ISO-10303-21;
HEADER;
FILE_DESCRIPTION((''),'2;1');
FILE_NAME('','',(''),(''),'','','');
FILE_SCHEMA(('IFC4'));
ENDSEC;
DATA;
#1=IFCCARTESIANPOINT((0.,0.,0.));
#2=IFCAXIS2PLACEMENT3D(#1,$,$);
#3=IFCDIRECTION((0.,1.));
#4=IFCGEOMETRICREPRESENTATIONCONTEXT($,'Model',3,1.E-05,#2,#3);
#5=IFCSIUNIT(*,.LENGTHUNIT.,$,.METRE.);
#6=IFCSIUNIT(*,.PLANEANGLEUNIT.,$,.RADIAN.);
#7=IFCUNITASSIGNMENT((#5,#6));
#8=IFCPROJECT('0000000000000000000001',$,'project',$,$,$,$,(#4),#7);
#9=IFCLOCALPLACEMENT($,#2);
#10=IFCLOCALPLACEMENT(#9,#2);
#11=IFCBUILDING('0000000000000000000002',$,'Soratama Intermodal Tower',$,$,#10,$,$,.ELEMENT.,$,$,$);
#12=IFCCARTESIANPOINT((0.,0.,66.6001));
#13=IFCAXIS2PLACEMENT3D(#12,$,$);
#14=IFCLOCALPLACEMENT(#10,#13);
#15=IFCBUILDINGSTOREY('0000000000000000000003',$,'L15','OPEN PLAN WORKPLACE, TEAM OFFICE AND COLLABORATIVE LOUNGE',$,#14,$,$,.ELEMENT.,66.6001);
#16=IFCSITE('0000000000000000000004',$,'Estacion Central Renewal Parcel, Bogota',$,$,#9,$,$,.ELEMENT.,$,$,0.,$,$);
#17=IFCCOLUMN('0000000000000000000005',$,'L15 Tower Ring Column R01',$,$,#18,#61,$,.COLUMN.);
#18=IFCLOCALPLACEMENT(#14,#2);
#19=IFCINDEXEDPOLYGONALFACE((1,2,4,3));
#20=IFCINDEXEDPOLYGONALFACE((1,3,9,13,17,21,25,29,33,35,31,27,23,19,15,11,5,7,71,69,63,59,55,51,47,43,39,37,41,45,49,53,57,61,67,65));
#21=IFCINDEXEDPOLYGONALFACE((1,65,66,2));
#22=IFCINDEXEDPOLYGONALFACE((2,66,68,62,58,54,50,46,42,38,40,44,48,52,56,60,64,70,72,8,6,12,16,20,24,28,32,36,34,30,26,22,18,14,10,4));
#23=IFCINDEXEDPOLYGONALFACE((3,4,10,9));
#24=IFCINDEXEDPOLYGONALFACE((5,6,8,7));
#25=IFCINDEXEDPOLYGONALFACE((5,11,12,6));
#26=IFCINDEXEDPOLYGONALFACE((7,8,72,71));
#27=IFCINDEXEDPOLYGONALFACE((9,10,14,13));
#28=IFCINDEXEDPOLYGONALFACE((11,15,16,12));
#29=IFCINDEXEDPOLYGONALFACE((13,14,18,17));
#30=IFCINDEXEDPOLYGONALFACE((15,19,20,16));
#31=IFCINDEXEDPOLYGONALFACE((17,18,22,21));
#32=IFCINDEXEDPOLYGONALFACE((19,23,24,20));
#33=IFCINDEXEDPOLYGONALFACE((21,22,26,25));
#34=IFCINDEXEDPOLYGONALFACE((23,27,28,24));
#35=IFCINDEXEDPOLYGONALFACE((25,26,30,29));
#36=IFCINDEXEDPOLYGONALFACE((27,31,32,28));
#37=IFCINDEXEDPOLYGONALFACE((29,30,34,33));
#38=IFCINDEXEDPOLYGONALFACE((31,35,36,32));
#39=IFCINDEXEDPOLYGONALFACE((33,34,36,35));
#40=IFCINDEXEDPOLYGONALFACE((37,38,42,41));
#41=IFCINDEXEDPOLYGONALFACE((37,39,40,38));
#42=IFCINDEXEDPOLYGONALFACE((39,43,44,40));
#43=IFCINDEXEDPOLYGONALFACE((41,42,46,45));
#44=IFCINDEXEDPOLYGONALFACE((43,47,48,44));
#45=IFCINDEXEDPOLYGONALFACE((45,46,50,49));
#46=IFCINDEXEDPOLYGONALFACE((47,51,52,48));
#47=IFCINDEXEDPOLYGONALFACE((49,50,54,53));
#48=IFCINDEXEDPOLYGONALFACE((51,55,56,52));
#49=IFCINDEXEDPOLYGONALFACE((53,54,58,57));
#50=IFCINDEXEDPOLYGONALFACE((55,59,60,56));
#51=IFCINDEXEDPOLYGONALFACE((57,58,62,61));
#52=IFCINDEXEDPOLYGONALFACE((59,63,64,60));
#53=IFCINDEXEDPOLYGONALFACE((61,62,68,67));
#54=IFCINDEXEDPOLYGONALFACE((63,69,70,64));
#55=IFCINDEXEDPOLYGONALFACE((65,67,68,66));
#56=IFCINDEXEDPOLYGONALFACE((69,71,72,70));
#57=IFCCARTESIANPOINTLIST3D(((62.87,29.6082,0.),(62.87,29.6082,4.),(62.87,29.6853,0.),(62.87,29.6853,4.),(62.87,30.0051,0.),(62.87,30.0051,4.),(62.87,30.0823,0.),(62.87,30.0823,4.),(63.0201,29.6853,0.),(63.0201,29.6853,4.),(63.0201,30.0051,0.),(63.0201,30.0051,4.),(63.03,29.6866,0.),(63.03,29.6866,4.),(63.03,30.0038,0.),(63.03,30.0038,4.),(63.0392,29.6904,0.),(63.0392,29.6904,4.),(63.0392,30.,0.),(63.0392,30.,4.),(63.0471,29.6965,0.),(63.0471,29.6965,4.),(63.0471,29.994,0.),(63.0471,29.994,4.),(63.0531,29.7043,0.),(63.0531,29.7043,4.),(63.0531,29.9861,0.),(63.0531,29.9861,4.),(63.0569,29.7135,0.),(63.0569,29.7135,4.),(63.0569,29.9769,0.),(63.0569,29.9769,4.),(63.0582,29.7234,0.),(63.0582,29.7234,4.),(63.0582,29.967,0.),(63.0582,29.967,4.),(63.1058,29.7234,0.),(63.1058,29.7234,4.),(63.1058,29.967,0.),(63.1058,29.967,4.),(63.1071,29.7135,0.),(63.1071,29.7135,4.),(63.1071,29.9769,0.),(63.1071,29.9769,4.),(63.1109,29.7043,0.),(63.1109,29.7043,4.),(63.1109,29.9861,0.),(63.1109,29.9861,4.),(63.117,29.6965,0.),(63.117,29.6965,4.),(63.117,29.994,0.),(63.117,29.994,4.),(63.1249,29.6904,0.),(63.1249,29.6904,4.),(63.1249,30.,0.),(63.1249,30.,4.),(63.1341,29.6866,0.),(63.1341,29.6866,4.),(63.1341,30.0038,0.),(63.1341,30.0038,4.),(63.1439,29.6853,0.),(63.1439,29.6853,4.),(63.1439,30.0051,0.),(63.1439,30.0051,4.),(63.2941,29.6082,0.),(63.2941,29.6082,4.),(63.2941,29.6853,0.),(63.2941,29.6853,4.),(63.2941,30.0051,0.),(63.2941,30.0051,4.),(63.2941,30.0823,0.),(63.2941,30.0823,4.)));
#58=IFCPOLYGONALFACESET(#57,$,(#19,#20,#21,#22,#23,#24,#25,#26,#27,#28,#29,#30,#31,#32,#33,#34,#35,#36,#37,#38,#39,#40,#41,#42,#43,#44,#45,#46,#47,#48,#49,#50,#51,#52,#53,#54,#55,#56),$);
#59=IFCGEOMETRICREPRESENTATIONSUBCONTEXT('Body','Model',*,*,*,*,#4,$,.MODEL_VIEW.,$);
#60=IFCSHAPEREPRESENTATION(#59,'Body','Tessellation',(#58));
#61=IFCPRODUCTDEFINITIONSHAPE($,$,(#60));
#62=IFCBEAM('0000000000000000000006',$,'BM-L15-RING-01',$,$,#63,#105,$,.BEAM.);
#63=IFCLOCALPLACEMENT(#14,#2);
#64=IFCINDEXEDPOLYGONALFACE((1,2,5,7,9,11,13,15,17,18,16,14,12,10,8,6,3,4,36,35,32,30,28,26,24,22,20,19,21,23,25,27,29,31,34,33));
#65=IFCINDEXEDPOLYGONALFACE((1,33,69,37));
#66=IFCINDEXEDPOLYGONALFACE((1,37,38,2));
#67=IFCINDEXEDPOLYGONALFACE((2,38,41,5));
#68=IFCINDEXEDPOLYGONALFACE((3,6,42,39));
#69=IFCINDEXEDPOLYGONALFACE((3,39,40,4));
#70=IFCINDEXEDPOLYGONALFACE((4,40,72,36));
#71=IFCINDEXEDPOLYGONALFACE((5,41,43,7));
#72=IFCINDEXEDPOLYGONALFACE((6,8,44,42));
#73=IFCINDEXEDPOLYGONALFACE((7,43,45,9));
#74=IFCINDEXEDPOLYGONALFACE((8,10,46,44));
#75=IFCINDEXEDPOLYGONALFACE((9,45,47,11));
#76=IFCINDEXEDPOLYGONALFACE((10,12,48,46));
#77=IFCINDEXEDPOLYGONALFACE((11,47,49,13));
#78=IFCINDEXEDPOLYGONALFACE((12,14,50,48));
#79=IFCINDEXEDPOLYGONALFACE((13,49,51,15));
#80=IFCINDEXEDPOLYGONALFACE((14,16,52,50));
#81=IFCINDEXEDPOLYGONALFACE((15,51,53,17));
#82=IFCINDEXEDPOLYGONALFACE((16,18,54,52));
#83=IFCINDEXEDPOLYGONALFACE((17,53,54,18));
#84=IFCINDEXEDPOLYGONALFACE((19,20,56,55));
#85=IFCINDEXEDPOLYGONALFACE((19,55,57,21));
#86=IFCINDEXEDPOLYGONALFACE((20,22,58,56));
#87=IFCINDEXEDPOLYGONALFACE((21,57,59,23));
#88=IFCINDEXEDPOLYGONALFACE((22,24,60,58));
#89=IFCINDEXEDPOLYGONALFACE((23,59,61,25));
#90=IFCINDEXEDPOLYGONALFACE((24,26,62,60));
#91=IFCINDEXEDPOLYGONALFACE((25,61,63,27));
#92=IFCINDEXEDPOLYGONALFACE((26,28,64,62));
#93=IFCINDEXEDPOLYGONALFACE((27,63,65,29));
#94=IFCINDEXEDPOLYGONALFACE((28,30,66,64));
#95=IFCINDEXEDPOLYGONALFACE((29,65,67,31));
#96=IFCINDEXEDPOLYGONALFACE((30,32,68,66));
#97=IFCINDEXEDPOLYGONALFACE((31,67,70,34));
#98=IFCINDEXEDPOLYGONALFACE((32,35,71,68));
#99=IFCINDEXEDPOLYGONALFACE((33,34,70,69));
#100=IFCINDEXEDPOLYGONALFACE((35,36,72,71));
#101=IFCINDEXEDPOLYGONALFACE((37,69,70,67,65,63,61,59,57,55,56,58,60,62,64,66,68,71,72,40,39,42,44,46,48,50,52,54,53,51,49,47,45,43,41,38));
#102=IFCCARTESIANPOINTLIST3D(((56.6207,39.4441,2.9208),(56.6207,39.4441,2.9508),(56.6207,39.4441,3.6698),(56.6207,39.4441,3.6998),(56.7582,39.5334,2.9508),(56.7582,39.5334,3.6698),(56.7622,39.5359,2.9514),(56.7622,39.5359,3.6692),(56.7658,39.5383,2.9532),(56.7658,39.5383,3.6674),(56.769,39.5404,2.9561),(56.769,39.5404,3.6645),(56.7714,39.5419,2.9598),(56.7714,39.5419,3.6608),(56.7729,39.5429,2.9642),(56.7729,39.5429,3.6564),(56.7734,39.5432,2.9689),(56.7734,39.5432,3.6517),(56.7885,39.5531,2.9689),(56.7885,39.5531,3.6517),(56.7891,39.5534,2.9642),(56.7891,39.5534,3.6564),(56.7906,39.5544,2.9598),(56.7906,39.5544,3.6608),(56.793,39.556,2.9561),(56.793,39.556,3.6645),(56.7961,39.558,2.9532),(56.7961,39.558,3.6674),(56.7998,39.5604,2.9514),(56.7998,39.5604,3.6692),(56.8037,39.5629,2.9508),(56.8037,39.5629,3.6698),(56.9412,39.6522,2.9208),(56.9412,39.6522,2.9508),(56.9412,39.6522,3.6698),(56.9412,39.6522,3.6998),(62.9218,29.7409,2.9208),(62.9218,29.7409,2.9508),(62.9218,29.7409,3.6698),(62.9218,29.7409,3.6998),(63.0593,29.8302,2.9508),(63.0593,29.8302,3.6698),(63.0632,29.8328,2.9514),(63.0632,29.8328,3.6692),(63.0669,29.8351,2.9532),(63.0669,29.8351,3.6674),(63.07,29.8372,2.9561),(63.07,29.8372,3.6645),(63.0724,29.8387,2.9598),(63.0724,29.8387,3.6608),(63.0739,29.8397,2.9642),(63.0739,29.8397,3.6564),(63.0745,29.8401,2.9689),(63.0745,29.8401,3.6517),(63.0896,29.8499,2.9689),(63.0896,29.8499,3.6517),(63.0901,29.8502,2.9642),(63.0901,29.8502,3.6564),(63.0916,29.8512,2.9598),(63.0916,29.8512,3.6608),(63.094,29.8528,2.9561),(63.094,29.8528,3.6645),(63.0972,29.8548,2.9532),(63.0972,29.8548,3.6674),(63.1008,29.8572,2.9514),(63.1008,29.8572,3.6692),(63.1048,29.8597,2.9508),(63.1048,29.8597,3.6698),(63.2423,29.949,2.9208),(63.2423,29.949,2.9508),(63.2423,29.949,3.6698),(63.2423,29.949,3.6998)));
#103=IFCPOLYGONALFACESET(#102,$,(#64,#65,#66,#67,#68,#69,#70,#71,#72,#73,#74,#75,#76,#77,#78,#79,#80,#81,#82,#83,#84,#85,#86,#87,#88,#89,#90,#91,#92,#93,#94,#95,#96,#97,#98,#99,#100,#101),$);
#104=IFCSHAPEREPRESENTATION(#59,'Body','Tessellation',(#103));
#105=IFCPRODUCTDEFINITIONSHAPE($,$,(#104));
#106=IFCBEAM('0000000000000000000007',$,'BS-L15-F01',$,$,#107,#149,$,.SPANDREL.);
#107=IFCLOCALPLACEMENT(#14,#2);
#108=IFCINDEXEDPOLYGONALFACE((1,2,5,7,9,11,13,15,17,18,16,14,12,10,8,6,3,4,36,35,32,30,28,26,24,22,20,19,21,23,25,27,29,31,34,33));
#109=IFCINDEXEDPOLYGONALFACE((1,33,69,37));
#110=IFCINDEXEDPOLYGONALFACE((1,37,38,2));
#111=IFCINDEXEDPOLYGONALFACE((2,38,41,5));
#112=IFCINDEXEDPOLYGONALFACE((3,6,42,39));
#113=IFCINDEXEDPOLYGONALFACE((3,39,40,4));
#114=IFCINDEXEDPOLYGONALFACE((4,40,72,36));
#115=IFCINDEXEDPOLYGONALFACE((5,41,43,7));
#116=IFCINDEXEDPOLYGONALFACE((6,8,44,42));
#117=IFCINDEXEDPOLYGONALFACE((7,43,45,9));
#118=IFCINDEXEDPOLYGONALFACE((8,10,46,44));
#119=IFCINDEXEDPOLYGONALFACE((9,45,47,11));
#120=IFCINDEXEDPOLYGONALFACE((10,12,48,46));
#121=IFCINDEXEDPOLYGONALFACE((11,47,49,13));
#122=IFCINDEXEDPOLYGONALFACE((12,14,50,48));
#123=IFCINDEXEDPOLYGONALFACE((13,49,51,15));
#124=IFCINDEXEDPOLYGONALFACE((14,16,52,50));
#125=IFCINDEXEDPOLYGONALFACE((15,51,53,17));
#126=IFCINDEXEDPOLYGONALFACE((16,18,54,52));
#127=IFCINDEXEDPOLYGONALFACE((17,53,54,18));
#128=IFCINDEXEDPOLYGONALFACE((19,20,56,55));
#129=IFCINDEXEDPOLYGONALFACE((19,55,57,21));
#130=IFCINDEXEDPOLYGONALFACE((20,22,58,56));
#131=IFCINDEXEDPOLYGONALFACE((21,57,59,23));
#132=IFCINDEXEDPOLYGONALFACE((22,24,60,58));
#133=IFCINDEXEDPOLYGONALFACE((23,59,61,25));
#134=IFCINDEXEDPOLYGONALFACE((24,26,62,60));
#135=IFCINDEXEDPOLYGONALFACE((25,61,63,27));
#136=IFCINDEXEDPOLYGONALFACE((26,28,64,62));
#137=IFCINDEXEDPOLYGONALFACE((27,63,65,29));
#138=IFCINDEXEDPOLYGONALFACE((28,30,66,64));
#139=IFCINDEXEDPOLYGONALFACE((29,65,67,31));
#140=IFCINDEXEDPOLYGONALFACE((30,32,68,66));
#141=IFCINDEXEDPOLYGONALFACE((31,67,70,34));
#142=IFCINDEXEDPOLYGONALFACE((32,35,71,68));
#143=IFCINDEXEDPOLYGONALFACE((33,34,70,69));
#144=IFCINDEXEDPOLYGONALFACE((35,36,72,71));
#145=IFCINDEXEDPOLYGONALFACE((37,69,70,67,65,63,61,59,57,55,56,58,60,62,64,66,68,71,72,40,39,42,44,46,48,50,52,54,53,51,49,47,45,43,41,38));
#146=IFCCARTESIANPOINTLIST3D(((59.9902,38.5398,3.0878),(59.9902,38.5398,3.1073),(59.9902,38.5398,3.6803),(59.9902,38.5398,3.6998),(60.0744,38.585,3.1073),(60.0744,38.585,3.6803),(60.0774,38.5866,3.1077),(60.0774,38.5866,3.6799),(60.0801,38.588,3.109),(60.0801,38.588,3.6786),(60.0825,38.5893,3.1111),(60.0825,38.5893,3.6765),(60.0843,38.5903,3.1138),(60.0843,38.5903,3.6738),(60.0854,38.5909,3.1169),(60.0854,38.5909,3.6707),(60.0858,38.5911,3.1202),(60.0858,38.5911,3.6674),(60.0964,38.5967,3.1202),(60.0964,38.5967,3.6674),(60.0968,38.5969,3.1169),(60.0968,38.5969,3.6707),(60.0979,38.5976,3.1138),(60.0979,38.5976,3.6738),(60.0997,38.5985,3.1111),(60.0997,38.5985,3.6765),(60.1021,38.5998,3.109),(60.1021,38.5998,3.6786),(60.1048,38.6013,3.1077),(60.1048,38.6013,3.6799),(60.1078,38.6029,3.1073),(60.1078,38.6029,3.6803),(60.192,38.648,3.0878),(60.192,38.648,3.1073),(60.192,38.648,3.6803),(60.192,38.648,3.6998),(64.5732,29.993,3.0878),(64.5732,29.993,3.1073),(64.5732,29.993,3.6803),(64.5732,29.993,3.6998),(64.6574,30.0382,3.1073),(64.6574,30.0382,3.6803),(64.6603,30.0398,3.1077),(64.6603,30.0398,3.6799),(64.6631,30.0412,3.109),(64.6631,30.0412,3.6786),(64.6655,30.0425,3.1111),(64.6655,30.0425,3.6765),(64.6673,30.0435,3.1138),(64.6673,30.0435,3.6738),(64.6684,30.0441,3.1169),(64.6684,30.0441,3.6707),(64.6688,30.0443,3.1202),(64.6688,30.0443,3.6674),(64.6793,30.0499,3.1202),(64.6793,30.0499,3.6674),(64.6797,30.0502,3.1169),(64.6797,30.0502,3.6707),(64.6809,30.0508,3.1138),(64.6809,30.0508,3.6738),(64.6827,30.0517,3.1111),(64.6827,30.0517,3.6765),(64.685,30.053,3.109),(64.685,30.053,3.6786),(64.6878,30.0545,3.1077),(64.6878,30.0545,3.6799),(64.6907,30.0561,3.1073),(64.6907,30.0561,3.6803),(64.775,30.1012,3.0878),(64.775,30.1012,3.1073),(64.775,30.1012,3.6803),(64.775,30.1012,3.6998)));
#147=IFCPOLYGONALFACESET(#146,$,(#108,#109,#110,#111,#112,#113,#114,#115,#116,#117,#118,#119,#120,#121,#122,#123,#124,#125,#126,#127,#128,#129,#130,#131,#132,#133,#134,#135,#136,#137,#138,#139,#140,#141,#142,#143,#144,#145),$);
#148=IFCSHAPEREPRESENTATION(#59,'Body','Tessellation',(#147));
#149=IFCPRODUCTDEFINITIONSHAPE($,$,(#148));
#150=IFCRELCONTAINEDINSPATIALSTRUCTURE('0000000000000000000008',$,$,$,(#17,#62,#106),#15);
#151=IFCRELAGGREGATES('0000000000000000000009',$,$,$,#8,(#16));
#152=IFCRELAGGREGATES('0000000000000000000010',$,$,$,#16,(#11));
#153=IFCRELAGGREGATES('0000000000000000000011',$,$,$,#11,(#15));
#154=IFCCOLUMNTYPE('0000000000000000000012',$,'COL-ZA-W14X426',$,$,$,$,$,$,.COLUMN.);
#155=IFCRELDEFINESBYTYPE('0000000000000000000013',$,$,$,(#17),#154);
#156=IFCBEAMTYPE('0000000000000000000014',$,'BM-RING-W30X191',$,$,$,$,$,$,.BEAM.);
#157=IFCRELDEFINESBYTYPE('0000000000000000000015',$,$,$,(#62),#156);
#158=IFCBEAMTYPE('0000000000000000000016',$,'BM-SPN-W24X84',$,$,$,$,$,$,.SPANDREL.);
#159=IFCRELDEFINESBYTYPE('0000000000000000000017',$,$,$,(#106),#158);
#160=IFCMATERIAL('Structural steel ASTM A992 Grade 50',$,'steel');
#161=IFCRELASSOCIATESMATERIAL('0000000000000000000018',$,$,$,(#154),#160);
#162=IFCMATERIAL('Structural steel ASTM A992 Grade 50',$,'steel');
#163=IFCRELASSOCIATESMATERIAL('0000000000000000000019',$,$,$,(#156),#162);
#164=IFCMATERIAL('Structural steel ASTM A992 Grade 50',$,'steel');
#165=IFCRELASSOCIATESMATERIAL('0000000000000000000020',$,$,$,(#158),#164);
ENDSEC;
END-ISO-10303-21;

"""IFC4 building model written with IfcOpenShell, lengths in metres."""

from ifc_helpers import new_model, si_unit, direction, frame, origin, origin_2d, place, context, subcontext, project, spatial, i_section, extrude, material, material_profile, profile_set, type_object, element, save


model = new_model("IFC4")

# Units and contexts
model_context = context("Model", 3, precision=1e-05, world=origin(), true_north=direction((0.0, 1.0)))
body_context = subcontext(model_context, "Body", "Model", "MODEL_VIEW")
ifc_project = project(units=[si_unit("LENGTHUNIT", "METRE"), si_unit("PLANEANGLEUNIT", "RADIAN")], contexts=[model_context])

# Site, building, storey
site_placement = place(None, origin())
site = spatial("IfcSite", under=ifc_project, at=site_placement, Name="Estacion Central Renewal Parcel, Bogota", CompositionType="ELEMENT", RefElevation=0.0)
building_placement = place(site_placement, origin())
building = spatial("IfcBuilding", under=site, at=building_placement, Name="Soratama Intermodal Tower", CompositionType="ELEMENT")
storey_placement = place(building_placement, frame((0.0, 0.0, 66.6001)))
storey = spatial("IfcBuildingStorey", under=building, at=storey_placement, Name="L15", Description="OPEN PLAN WORKPLACE, TEAM OFFICE AND COLLABORATIVE LOUNGE", CompositionType="ELEMENT", Elevation=66.6001)

# Column
ifc_material_1 = material(Name="Structural steel ASTM A992 Grade 50", Category="steel")
ifc_material_profile_1 = material_profile(ifc_material_1, i_section(OverallWidth=0.4241, OverallDepth=0.4741, WebThickness=0.0476, FlangeThickness=0.0771, FilletRadius=0.0381, at=origin_2d()), Name="W14X426")
ifc_profile_set_1 = profile_set([ifc_material_profile_1], Name="Structural steel ASTM A992 Grade 50")
column_type = type_object("IfcColumnType", Name="COL-ZA-W14X426", PredefinedType="COLUMN", material=ifc_profile_set_1)
column_placement = place(storey_placement, frame((63.082, 29.8452, 0.0), z_axis=(0.0, 0.0, 1.0), x_axis=(1.0, 0.0, 0.0)))
element("IfcColumn", 1, at=column_placement, inside=storey, type_object=column_type, Name="L15 Tower Ring Column R01", PredefinedType="COLUMN", context=body_context, shape_type="SweptSolid", body=[
    extrude(i_section(OverallWidth=0.4241, OverallDepth=0.4741, WebThickness=0.0476, FlangeThickness=0.0771, FilletRadius=0.0381, at=origin_2d()), origin(), (0.0, 0.0, 1.0), 4.0),
])

# Beams
ifc_material_2 = material(Name="Structural steel ASTM A992 Grade 50", Category="steel")
ifc_material_profile_2 = material_profile(ifc_material_2, i_section(OverallWidth=0.3821, OverallDepth=0.7791, WebThickness=0.0181, FlangeThickness=0.03, FilletRadius=0.0181, at=origin_2d()), Name="W30X191")
ifc_profile_set_2 = profile_set([ifc_material_profile_2], Name="Structural steel ASTM A992 Grade 50")
beam_type_1 = type_object("IfcBeamType", Name="BM-RING-W30X191", PredefinedType="BEAM", material=ifc_profile_set_2)
beam_1_placement = place(storey_placement, frame((63.082, 29.845, 3.3103), z_axis=(-0.544623, 0.838681, 0.0), x_axis=(-0.838681, -0.544623, 0.0)))
element("IfcBeam", 2, at=beam_1_placement, inside=storey, type_object=beam_type_1, Name="BM-L15-RING-01", PredefinedType="BEAM", context=body_context, shape_type="SweptSolid", body=[
    extrude(i_section(OverallWidth=0.3821, OverallDepth=0.7791, WebThickness=0.0181, FlangeThickness=0.03, FilletRadius=0.0181, at=origin_2d()), origin(), (0.0, 0.0, 1.0), 11.5696),
])
ifc_material_3 = material(Name="Structural steel ASTM A992 Grade 50", Category="steel")
ifc_material_profile_3 = material_profile(ifc_material_3, i_section(OverallWidth=0.229, OverallDepth=0.6121, WebThickness=0.012, FlangeThickness=0.0195, FilletRadius=0.0129, at=origin_2d()), Name="W24X84")
ifc_profile_set_3 = profile_set([ifc_material_profile_3], Name="Structural steel ASTM A992 Grade 50")
beam_type_2 = type_object("IfcBeamType", Name="BM-SPN-W24X84", PredefinedType="SPANDREL", material=ifc_profile_set_3)
beam_2_placement = place(storey_placement, frame((64.6741, 30.0471, 3.3938), z_axis=(-0.472568, 0.881294, 0.0), x_axis=(-0.881294, -0.472568, 0.0)))
element("IfcBeam", 3, at=beam_2_placement, inside=storey, type_object=beam_type_2, Name="BS-L15-F01", PredefinedType="SPANDREL", context=body_context, shape_type="SweptSolid", body=[
    extrude(i_section(OverallWidth=0.229, OverallDepth=0.6121, WebThickness=0.012, FlangeThickness=0.0195, FilletRadius=0.0129, at=origin_2d()), origin(), (0.0, 0.0, 1.0), 9.698),
])

save(model, "model.ifc")
